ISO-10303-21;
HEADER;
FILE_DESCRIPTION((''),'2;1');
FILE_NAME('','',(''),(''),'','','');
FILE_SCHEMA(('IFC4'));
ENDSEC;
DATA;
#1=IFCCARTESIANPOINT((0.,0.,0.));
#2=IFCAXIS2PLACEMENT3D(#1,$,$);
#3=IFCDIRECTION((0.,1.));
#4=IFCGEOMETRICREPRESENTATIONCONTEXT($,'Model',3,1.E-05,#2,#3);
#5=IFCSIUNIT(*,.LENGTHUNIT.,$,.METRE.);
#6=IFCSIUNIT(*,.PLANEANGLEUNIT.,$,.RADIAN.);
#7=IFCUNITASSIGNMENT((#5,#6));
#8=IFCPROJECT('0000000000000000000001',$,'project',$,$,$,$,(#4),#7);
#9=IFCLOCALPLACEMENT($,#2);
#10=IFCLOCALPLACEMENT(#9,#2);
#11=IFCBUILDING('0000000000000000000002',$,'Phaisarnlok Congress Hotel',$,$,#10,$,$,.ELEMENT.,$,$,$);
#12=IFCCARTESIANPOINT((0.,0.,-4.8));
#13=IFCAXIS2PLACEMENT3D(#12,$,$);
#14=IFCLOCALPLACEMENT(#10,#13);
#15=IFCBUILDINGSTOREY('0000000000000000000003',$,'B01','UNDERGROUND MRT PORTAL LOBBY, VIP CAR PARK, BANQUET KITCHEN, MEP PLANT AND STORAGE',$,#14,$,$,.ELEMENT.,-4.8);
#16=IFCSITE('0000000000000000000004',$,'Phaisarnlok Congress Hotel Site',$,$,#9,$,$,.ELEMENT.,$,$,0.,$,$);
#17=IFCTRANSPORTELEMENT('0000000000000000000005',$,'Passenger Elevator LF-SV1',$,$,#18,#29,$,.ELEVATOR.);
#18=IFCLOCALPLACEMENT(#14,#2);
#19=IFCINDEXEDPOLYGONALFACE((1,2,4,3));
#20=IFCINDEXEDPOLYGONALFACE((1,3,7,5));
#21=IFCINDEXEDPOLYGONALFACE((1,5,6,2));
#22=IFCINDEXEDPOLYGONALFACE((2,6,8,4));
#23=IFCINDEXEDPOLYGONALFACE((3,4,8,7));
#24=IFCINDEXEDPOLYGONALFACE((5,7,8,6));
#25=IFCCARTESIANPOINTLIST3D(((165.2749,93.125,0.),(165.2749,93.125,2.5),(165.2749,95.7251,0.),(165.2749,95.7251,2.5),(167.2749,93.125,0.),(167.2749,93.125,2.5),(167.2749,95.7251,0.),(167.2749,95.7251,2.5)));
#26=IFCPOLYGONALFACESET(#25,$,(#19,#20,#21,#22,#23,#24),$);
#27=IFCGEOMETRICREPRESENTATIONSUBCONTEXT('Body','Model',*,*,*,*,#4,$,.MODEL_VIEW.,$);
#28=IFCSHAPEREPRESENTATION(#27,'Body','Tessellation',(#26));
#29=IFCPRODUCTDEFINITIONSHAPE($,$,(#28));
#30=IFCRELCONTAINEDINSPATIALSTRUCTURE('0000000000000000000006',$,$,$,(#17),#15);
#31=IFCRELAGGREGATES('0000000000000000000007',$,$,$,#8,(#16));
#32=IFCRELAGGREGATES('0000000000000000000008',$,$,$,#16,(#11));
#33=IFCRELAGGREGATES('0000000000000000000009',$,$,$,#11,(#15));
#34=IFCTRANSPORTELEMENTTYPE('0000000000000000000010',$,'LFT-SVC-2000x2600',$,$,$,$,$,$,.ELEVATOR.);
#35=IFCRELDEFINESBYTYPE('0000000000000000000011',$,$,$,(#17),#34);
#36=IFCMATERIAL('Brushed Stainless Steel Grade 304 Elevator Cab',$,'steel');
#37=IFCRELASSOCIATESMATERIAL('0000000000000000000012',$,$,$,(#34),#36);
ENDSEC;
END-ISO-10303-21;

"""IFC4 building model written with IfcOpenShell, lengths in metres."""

from ifc_helpers import new_model, si_unit, direction, frame, origin, origin_2d, place, context, subcontext, project, spatial, rectangle, extrude, material, type_object, element, save


model = new_model("IFC4")

# Units and contexts
model_context = context("Model", 3, precision=1e-05, world=origin(), true_north=direction((0.0, 1.0)))
body_context = subcontext(model_context, "Body", "Model", "MODEL_VIEW")
ifc_project = project(units=[si_unit("LENGTHUNIT", "METRE"), si_unit("PLANEANGLEUNIT", "RADIAN")], contexts=[model_context])

# Site, building, storey
site_placement = place(None, origin())
site = spatial("IfcSite", under=ifc_project, at=site_placement, Name="Phaisarnlok Congress Hotel Site", CompositionType="ELEMENT", RefElevation=0.0)
building_placement = place(site_placement, origin())
building = spatial("IfcBuilding", under=site, at=building_placement, Name="Phaisarnlok Congress Hotel", CompositionType="ELEMENT")
storey_placement = place(building_placement, frame((0.0, 0.0, -4.8)))
storey = spatial("IfcBuildingStorey", under=building, at=storey_placement, Name="B01", Description="UNDERGROUND MRT PORTAL LOBBY, VIP CAR PARK, BANQUET KITCHEN, MEP PLANT AND STORAGE", CompositionType="ELEMENT", Elevation=-4.8)

# Transport element
ifc_material_1 = material(Name="Brushed Stainless Steel Grade 304 Elevator Cab", Category="steel")
transport_element_type_1 = type_object("IfcTransportElementType", Name="LFT-SVC-2000x2600", PredefinedType="ELEVATOR", material=ifc_material_1)
transport_element_1_placement = place(storey_placement, frame((166.2749, 94.425, 0.0), z_axis=(0.0, 0.0, 1.0), x_axis=(1.0, 0.0, 0.0)))
element("IfcTransportElement", 1, at=transport_element_1_placement, inside=storey, type_object=transport_element_type_1, Name="Passenger Elevator LF-SV1", PredefinedType="ELEVATOR", context=body_context, shape_type="SweptSolid", body=[
    extrude(rectangle(XDim=2.0, YDim=2.6001, at=origin_2d()), origin(), (0.0, 0.0, 1.0), 2.5),
])

save(model, "model.ifc")
